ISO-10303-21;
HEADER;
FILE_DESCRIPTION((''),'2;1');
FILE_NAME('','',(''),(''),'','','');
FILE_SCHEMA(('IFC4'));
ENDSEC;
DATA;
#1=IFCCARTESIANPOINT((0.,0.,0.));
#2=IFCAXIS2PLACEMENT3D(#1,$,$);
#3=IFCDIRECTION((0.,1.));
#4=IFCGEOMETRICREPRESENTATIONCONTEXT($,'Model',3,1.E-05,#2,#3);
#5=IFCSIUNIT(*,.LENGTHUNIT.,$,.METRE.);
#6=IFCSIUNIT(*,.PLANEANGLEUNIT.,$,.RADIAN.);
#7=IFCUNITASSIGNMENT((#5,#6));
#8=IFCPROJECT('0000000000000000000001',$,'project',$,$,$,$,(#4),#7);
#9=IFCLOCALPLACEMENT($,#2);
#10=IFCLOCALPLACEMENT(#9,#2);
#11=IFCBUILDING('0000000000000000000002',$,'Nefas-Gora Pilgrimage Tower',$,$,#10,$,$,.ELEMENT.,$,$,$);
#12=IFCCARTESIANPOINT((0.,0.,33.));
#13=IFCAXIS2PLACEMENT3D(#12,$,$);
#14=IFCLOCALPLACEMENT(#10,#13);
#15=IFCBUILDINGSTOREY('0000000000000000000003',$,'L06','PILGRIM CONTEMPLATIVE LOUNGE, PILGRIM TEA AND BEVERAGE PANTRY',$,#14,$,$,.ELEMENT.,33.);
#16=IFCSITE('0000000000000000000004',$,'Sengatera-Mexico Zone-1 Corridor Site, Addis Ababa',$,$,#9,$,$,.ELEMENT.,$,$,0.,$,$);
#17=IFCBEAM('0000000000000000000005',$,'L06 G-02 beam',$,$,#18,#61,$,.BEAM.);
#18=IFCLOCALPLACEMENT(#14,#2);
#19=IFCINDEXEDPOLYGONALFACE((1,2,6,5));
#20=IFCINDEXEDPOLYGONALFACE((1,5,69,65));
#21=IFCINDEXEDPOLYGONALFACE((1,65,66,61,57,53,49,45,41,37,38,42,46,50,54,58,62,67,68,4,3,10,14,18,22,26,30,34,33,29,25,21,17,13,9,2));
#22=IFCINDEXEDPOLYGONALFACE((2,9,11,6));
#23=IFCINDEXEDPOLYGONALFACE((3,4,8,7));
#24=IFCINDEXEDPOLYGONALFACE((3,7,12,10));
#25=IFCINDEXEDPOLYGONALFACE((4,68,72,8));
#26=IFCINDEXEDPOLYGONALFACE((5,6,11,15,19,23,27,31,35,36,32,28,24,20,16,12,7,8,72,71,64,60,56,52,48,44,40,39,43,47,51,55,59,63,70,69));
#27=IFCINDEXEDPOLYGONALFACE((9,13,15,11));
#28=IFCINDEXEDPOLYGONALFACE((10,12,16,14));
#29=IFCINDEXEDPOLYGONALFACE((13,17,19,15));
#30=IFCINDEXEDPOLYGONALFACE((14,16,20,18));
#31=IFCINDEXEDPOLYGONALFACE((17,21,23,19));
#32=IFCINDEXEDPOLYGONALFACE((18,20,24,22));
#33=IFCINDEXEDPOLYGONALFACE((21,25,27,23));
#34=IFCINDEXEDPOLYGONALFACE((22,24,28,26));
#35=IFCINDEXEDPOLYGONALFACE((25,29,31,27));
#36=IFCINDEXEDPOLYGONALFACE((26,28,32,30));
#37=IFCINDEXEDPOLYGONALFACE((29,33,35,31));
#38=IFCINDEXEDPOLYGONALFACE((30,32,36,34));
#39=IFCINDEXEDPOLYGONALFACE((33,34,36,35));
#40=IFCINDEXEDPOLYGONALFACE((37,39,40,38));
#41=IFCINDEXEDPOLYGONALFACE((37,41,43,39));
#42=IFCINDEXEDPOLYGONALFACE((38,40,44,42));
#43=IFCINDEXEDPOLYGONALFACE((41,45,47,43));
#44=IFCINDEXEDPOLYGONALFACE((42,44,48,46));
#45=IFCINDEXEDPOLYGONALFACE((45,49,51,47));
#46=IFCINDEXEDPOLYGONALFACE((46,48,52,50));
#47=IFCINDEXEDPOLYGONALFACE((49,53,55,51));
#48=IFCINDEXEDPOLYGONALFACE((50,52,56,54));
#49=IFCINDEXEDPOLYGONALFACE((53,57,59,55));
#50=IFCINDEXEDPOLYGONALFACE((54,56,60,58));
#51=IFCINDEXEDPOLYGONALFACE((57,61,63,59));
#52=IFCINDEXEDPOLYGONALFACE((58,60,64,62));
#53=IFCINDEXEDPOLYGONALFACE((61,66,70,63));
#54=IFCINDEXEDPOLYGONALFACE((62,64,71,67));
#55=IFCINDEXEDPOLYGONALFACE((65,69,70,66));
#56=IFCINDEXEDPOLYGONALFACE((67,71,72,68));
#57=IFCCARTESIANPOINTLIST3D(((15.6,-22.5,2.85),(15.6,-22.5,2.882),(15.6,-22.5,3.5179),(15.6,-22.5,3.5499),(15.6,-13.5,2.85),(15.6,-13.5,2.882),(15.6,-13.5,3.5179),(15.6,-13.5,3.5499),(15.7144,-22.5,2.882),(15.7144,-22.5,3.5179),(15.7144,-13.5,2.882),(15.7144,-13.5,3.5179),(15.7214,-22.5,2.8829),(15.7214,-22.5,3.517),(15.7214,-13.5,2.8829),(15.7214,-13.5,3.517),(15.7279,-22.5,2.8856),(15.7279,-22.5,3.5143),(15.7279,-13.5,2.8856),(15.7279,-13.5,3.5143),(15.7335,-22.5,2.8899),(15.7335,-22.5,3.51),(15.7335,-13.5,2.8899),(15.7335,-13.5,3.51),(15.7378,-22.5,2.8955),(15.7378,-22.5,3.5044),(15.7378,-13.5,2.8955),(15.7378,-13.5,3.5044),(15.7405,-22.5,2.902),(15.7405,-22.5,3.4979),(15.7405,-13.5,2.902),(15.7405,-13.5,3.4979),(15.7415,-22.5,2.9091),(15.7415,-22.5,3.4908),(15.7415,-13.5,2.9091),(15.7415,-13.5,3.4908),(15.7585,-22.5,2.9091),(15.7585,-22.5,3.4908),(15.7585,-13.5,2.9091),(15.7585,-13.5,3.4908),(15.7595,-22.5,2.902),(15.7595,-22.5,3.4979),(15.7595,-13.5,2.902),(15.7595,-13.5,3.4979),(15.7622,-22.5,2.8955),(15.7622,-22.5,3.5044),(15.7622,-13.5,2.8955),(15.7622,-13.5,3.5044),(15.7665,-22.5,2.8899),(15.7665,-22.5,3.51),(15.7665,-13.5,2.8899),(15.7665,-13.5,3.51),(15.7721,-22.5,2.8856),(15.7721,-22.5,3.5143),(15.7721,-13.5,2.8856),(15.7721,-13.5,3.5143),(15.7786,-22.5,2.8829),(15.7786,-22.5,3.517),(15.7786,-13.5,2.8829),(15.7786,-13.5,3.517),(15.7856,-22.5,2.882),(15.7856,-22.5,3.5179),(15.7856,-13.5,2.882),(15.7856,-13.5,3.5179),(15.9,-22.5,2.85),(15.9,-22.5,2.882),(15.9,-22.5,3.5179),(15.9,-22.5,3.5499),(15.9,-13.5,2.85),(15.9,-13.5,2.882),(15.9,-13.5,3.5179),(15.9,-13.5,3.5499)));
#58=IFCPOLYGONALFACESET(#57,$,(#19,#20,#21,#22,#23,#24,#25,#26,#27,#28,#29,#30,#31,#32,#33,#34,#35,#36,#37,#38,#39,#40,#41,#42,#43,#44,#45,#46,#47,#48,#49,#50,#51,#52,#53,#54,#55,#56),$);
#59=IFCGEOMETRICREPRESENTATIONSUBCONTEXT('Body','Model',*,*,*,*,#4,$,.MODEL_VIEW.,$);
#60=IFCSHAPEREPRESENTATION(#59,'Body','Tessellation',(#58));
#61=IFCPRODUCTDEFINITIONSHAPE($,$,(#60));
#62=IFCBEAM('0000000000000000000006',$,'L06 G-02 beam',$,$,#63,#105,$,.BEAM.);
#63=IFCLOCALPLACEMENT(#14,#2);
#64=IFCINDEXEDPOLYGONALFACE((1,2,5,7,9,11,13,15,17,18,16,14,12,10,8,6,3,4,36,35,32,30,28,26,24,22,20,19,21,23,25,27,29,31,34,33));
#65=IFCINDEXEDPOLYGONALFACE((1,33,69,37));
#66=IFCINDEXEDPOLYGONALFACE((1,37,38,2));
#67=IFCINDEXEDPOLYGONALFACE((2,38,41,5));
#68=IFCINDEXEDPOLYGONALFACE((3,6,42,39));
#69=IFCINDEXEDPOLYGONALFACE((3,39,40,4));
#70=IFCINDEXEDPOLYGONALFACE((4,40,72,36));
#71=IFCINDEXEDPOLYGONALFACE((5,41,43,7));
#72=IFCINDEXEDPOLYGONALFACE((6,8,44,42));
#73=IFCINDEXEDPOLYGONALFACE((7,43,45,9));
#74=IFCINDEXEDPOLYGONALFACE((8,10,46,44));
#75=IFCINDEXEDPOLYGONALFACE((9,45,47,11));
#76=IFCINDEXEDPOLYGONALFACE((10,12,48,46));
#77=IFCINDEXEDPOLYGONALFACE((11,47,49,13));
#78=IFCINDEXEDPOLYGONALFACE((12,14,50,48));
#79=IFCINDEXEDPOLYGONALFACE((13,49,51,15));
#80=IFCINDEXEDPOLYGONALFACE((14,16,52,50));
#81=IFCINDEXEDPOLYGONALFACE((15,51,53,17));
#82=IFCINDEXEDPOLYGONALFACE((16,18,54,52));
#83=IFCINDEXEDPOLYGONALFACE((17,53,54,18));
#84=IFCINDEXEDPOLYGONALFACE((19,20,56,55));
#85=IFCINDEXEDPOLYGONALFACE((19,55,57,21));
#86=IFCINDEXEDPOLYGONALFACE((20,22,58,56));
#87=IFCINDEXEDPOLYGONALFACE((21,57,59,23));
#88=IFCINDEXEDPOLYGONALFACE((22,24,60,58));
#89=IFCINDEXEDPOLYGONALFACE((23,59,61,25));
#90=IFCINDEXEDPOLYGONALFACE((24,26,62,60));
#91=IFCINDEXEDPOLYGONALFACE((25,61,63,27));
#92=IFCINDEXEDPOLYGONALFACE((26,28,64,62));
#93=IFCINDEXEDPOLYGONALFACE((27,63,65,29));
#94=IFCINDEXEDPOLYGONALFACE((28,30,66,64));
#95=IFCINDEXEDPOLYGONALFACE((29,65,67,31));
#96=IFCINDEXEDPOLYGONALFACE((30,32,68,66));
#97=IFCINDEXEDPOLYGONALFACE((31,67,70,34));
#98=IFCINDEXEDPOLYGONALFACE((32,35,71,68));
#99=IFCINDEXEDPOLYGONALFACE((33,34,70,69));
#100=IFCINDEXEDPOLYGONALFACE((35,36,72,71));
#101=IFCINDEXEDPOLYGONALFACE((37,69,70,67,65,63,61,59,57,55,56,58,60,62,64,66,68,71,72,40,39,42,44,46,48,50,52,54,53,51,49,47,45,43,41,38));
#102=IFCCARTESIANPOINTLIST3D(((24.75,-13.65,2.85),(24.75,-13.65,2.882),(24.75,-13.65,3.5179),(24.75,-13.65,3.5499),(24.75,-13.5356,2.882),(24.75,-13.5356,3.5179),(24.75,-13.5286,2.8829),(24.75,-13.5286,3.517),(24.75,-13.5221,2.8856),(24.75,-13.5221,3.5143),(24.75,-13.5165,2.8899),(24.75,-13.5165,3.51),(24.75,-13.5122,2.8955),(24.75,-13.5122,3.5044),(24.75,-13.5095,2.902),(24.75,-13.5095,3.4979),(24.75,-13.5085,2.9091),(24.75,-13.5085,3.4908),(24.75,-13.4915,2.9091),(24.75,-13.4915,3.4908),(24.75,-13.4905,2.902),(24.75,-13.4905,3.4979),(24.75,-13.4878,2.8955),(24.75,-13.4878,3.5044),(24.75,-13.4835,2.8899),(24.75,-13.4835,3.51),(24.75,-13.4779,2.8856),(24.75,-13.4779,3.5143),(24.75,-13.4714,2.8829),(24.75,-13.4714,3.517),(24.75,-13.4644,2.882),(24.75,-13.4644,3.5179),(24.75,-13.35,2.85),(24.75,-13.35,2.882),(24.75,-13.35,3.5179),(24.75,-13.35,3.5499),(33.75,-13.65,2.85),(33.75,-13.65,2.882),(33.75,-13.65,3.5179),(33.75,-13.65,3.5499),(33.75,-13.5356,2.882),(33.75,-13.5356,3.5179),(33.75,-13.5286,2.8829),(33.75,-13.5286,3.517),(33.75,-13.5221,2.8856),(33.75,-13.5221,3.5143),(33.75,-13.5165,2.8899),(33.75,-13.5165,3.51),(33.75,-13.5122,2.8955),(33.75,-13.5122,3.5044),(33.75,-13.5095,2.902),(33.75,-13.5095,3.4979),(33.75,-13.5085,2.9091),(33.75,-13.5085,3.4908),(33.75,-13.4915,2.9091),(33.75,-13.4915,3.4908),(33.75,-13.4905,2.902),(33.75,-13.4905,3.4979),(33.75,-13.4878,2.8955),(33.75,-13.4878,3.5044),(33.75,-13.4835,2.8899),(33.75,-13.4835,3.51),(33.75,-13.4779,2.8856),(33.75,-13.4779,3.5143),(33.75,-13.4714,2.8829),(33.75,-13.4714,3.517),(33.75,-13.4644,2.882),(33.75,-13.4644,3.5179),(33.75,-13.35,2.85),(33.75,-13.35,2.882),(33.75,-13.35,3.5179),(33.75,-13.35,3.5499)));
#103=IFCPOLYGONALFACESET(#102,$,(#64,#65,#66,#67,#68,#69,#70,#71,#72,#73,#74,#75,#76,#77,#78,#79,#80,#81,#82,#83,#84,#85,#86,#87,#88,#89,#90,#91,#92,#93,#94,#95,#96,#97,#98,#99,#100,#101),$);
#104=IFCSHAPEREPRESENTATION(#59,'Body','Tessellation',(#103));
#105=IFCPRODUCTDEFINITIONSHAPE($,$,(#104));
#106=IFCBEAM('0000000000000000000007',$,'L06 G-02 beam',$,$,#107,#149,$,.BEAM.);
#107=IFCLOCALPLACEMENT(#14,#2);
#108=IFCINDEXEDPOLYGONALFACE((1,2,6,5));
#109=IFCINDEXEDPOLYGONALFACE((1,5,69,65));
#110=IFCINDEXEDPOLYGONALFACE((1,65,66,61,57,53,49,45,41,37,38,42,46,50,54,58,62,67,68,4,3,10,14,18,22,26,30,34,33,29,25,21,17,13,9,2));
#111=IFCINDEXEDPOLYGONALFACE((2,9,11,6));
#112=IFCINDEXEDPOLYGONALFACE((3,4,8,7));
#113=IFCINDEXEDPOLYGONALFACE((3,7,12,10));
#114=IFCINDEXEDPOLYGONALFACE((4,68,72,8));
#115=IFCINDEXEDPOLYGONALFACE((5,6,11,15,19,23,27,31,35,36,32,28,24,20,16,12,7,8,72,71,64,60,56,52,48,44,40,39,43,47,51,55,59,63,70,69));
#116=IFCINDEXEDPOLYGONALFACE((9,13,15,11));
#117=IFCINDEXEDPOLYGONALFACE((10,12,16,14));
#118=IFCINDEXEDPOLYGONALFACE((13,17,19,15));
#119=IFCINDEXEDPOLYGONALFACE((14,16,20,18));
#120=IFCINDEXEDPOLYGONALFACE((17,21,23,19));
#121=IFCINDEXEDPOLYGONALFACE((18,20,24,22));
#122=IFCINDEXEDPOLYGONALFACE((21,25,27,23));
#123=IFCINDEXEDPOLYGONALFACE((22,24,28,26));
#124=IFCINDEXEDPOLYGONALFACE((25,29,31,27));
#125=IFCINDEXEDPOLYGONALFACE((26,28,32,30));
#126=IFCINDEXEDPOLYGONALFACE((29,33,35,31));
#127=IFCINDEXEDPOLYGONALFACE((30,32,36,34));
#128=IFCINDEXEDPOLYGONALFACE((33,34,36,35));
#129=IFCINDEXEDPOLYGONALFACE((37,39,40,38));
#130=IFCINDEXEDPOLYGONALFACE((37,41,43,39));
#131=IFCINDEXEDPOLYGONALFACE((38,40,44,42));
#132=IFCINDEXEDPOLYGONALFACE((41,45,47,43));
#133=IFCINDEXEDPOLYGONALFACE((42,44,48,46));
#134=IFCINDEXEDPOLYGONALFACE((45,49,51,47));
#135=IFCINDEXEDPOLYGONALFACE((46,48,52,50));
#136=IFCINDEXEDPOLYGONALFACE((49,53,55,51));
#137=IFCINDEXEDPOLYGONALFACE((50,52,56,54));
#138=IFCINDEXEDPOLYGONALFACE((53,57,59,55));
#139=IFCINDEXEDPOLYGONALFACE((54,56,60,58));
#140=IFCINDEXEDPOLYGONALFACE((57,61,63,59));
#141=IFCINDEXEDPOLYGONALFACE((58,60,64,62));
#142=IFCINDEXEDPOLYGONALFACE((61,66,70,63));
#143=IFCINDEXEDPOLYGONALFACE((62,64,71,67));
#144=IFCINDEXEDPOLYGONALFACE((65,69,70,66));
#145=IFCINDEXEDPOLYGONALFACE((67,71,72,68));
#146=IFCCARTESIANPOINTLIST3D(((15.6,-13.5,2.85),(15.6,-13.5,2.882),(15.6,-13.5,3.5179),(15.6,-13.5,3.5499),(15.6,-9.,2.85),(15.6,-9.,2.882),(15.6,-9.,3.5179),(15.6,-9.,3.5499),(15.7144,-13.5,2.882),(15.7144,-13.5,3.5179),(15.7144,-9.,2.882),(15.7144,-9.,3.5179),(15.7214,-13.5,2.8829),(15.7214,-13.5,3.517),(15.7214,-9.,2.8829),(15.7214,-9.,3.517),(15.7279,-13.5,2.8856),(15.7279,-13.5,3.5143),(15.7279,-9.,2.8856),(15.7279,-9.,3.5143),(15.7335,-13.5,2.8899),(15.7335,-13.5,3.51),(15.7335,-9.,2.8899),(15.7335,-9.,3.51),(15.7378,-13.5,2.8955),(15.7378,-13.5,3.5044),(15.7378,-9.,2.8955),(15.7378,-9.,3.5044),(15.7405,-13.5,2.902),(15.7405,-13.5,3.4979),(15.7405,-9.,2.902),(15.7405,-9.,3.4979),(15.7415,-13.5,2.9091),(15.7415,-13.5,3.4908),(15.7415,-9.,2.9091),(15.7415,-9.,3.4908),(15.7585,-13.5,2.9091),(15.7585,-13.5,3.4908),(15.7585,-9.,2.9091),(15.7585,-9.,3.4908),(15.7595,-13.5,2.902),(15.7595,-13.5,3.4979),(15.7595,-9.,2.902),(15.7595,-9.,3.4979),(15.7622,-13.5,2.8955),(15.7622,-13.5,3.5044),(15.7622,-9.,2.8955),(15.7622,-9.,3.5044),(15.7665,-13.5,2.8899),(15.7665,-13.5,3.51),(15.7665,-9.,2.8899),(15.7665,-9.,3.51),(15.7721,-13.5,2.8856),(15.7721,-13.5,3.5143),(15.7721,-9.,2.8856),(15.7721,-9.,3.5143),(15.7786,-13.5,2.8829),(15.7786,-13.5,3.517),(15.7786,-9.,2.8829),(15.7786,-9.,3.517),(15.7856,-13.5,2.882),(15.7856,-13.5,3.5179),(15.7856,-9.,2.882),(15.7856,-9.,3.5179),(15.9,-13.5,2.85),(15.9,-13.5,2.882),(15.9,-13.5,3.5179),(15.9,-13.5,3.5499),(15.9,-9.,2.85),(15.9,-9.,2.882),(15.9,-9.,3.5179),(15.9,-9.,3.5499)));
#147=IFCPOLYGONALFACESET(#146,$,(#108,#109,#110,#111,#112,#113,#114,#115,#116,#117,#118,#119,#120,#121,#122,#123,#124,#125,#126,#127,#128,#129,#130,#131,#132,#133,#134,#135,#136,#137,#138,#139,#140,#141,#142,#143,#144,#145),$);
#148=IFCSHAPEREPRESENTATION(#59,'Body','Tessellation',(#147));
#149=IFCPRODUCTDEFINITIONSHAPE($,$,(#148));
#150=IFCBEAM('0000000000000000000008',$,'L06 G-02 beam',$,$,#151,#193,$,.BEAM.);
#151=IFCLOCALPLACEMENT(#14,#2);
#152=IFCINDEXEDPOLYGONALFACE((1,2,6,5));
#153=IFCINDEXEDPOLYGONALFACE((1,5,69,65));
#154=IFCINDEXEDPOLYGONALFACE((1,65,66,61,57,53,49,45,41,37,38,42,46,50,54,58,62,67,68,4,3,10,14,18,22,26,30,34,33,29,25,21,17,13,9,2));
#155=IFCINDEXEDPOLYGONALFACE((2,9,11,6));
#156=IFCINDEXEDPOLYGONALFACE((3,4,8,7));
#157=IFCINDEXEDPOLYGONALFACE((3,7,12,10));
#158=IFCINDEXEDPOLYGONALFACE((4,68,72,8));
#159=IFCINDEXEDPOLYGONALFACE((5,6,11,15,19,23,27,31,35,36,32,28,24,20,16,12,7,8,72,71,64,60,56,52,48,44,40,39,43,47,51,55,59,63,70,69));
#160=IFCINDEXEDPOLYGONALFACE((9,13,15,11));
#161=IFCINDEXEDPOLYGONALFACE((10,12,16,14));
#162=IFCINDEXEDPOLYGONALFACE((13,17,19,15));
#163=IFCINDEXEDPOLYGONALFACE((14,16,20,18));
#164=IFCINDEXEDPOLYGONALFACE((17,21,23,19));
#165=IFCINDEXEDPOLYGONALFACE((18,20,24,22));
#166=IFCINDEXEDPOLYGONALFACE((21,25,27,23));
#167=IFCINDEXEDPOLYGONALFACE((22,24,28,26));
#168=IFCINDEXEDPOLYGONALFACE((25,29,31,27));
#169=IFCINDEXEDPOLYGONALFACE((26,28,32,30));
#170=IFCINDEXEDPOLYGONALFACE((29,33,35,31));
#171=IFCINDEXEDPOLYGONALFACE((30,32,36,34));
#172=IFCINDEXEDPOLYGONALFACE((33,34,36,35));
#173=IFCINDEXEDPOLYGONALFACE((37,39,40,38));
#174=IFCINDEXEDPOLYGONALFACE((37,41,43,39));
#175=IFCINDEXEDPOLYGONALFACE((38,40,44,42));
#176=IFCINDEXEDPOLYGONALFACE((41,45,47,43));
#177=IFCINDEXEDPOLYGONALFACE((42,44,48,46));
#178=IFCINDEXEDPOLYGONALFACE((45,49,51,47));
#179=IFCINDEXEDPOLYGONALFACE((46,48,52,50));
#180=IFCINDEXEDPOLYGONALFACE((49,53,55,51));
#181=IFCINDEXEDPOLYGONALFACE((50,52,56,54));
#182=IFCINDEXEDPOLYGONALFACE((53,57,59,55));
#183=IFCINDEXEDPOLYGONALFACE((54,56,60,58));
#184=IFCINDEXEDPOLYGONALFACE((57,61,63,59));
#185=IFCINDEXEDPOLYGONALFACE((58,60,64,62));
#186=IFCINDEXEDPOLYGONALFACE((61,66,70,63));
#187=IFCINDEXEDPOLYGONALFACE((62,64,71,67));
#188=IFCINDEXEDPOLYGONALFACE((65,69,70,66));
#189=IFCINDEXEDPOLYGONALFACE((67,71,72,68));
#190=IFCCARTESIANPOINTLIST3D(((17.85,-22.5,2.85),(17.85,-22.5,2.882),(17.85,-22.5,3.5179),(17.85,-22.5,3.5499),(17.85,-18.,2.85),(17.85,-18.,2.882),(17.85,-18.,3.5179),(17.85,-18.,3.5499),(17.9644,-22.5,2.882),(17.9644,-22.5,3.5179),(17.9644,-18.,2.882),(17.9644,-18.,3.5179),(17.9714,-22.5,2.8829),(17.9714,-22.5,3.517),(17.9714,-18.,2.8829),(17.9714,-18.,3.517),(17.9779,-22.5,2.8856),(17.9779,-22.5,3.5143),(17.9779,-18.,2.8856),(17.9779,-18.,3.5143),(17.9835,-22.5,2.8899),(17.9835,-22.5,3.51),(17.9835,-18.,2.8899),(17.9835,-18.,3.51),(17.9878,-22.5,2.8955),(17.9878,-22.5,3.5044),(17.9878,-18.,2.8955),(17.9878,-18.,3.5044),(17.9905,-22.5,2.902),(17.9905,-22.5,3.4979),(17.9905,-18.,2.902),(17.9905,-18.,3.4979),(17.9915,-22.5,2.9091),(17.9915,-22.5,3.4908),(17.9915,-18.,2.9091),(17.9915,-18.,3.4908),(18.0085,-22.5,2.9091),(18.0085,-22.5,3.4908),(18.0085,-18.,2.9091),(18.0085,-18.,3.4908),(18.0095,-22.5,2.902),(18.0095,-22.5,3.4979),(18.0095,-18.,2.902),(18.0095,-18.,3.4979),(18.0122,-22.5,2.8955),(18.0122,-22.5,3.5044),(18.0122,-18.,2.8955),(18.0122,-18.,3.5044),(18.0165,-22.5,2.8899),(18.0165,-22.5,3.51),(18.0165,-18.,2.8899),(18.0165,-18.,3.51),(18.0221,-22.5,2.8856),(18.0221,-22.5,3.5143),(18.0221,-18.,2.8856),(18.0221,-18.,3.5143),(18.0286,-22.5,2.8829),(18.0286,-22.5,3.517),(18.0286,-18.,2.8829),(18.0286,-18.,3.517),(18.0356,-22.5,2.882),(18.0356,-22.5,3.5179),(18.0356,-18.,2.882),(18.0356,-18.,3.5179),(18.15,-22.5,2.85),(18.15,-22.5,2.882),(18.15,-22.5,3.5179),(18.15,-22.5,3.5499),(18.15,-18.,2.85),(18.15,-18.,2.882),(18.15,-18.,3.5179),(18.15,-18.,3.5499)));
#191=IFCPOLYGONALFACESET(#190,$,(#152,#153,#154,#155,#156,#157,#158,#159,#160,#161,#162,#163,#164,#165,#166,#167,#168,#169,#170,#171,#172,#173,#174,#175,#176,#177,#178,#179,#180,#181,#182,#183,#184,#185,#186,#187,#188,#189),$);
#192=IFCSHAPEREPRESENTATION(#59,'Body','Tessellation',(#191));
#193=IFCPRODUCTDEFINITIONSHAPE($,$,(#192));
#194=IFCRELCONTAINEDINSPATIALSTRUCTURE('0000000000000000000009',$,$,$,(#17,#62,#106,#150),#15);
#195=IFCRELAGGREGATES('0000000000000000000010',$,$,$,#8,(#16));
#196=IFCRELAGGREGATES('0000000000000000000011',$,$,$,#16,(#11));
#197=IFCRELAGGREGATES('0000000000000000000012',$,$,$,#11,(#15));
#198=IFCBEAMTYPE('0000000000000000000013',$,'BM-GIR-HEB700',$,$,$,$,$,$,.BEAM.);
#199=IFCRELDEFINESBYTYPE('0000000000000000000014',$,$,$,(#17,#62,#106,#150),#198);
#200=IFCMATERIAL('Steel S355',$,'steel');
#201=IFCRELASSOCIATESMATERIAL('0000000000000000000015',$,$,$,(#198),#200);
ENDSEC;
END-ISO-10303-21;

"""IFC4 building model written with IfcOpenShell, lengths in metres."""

from ifc_helpers import new_model, si_unit, direction, frame, origin, origin_2d, place, context, subcontext, project, spatial, i_section, extrude, source, transform, mapped, material, material_profile, profile_set, type_object, element, save


model = new_model("IFC4")

# Units and contexts
model_context = context("Model", 3, precision=1e-05, world=origin(), true_north=direction((0.0, 1.0)))
body_context = subcontext(model_context, "Body", "Model", "MODEL_VIEW")
ifc_project = project(units=[si_unit("LENGTHUNIT", "METRE"), si_unit("PLANEANGLEUNIT", "RADIAN")], contexts=[model_context])

# Site, building, storey
site_placement = place(None, origin())
site = spatial("IfcSite", under=ifc_project, at=site_placement, Name="Sengatera-Mexico Zone-1 Corridor Site, Addis Ababa", CompositionType="ELEMENT", RefElevation=0.0)
building_placement = place(site_placement, origin())
building = spatial("IfcBuilding", under=site, at=building_placement, Name="Nefas-Gora Pilgrimage Tower", CompositionType="ELEMENT")
storey_placement = place(building_placement, frame((0.0, 0.0, 33.0)))
storey = spatial("IfcBuildingStorey", under=building, at=storey_placement, Name="L06", Description="PILGRIM CONTEMPLATIVE LOUNGE, PILGRIM TEA AND BEVERAGE PANTRY", CompositionType="ELEMENT", Elevation=33.0)

# Beams
ifc_material_1 = material(Name="Steel S355", Category="steel")
ifc_material_profile_1 = material_profile(ifc_material_1, i_section(OverallWidth=0.3, OverallDepth=0.7, WebThickness=0.0171, FlangeThickness=0.032, FilletRadius=0.0271, at=origin_2d()), Name="HEB 700")
ifc_profile_set_1 = profile_set([ifc_material_profile_1], Name="Steel S355")
beam_type_1 = type_object("IfcBeamType", Name="BM-GIR-HEB700", PredefinedType="BEAM", material=ifc_profile_set_1)
shared_shape_1 = source(origin(), body_context, "Body", "SweptSolid", [
    extrude(i_section(OverallWidth=0.3, OverallDepth=0.7, WebThickness=0.0171, FlangeThickness=0.032, FilletRadius=0.0271, at=origin_2d()), origin(), (0.0, 0.0, 1.0), 9.0),
])
for number, where, z_axis, x_axis, name in (
    (1, (15.75, -22.5, 3.2), (0.0, 1.0, 0.0), (-1.0, 0.0, 0.0), "L06 G-02 beam"),
    (2, (24.75, -13.5, 3.2), (1.0, 0.0, 0.0), (0.0, 1.0, 0.0), "L06 G-02 beam"),
):
    element("IfcBeam", number, at=place(storey_placement, frame(where, z_axis=z_axis, x_axis=x_axis)), inside=storey, type_object=beam_type_1, Name=name, PredefinedType="BEAM", context=body_context, shape_type="MappedRepresentation", body=[
        mapped(shared_shape_1, transform((0.0, 0.0, 0.0), x_axis=(1.0, 0.0, 0.0), y_axis=(0.0, 1.0, 0.0), z_axis=(0.0, 0.0, 1.0), scale=1.0)),
    ])
shared_shape_2 = source(origin(), body_context, "Body", "SweptSolid", [
    extrude(i_section(OverallWidth=0.3, OverallDepth=0.7, WebThickness=0.0171, FlangeThickness=0.032, FilletRadius=0.0271, at=origin_2d()), origin(), (0.0, 0.0, 1.0), 4.5),
])
for number, where, z_axis, x_axis, name in (
    (3, (15.75, -13.5, 3.2), (0.0, 1.0, 0.0), (-1.0, 0.0, 0.0), "L06 G-02 beam"),
    (4, (18.0, -22.5, 3.2), (0.0, 1.0, 0.0), (-1.0, 0.0, 0.0), "L06 G-02 beam"),
):
    element("IfcBeam", number, at=place(storey_placement, frame(where, z_axis=z_axis, x_axis=x_axis)), inside=storey, type_object=beam_type_1, Name=name, PredefinedType="BEAM", context=body_context, shape_type="MappedRepresentation", body=[
        mapped(shared_shape_2, transform((0.0, 0.0, 0.0), x_axis=(1.0, 0.0, 0.0), y_axis=(0.0, 1.0, 0.0), z_axis=(0.0, 0.0, 1.0), scale=1.0)),
    ])

save(model, "model.ifc")
